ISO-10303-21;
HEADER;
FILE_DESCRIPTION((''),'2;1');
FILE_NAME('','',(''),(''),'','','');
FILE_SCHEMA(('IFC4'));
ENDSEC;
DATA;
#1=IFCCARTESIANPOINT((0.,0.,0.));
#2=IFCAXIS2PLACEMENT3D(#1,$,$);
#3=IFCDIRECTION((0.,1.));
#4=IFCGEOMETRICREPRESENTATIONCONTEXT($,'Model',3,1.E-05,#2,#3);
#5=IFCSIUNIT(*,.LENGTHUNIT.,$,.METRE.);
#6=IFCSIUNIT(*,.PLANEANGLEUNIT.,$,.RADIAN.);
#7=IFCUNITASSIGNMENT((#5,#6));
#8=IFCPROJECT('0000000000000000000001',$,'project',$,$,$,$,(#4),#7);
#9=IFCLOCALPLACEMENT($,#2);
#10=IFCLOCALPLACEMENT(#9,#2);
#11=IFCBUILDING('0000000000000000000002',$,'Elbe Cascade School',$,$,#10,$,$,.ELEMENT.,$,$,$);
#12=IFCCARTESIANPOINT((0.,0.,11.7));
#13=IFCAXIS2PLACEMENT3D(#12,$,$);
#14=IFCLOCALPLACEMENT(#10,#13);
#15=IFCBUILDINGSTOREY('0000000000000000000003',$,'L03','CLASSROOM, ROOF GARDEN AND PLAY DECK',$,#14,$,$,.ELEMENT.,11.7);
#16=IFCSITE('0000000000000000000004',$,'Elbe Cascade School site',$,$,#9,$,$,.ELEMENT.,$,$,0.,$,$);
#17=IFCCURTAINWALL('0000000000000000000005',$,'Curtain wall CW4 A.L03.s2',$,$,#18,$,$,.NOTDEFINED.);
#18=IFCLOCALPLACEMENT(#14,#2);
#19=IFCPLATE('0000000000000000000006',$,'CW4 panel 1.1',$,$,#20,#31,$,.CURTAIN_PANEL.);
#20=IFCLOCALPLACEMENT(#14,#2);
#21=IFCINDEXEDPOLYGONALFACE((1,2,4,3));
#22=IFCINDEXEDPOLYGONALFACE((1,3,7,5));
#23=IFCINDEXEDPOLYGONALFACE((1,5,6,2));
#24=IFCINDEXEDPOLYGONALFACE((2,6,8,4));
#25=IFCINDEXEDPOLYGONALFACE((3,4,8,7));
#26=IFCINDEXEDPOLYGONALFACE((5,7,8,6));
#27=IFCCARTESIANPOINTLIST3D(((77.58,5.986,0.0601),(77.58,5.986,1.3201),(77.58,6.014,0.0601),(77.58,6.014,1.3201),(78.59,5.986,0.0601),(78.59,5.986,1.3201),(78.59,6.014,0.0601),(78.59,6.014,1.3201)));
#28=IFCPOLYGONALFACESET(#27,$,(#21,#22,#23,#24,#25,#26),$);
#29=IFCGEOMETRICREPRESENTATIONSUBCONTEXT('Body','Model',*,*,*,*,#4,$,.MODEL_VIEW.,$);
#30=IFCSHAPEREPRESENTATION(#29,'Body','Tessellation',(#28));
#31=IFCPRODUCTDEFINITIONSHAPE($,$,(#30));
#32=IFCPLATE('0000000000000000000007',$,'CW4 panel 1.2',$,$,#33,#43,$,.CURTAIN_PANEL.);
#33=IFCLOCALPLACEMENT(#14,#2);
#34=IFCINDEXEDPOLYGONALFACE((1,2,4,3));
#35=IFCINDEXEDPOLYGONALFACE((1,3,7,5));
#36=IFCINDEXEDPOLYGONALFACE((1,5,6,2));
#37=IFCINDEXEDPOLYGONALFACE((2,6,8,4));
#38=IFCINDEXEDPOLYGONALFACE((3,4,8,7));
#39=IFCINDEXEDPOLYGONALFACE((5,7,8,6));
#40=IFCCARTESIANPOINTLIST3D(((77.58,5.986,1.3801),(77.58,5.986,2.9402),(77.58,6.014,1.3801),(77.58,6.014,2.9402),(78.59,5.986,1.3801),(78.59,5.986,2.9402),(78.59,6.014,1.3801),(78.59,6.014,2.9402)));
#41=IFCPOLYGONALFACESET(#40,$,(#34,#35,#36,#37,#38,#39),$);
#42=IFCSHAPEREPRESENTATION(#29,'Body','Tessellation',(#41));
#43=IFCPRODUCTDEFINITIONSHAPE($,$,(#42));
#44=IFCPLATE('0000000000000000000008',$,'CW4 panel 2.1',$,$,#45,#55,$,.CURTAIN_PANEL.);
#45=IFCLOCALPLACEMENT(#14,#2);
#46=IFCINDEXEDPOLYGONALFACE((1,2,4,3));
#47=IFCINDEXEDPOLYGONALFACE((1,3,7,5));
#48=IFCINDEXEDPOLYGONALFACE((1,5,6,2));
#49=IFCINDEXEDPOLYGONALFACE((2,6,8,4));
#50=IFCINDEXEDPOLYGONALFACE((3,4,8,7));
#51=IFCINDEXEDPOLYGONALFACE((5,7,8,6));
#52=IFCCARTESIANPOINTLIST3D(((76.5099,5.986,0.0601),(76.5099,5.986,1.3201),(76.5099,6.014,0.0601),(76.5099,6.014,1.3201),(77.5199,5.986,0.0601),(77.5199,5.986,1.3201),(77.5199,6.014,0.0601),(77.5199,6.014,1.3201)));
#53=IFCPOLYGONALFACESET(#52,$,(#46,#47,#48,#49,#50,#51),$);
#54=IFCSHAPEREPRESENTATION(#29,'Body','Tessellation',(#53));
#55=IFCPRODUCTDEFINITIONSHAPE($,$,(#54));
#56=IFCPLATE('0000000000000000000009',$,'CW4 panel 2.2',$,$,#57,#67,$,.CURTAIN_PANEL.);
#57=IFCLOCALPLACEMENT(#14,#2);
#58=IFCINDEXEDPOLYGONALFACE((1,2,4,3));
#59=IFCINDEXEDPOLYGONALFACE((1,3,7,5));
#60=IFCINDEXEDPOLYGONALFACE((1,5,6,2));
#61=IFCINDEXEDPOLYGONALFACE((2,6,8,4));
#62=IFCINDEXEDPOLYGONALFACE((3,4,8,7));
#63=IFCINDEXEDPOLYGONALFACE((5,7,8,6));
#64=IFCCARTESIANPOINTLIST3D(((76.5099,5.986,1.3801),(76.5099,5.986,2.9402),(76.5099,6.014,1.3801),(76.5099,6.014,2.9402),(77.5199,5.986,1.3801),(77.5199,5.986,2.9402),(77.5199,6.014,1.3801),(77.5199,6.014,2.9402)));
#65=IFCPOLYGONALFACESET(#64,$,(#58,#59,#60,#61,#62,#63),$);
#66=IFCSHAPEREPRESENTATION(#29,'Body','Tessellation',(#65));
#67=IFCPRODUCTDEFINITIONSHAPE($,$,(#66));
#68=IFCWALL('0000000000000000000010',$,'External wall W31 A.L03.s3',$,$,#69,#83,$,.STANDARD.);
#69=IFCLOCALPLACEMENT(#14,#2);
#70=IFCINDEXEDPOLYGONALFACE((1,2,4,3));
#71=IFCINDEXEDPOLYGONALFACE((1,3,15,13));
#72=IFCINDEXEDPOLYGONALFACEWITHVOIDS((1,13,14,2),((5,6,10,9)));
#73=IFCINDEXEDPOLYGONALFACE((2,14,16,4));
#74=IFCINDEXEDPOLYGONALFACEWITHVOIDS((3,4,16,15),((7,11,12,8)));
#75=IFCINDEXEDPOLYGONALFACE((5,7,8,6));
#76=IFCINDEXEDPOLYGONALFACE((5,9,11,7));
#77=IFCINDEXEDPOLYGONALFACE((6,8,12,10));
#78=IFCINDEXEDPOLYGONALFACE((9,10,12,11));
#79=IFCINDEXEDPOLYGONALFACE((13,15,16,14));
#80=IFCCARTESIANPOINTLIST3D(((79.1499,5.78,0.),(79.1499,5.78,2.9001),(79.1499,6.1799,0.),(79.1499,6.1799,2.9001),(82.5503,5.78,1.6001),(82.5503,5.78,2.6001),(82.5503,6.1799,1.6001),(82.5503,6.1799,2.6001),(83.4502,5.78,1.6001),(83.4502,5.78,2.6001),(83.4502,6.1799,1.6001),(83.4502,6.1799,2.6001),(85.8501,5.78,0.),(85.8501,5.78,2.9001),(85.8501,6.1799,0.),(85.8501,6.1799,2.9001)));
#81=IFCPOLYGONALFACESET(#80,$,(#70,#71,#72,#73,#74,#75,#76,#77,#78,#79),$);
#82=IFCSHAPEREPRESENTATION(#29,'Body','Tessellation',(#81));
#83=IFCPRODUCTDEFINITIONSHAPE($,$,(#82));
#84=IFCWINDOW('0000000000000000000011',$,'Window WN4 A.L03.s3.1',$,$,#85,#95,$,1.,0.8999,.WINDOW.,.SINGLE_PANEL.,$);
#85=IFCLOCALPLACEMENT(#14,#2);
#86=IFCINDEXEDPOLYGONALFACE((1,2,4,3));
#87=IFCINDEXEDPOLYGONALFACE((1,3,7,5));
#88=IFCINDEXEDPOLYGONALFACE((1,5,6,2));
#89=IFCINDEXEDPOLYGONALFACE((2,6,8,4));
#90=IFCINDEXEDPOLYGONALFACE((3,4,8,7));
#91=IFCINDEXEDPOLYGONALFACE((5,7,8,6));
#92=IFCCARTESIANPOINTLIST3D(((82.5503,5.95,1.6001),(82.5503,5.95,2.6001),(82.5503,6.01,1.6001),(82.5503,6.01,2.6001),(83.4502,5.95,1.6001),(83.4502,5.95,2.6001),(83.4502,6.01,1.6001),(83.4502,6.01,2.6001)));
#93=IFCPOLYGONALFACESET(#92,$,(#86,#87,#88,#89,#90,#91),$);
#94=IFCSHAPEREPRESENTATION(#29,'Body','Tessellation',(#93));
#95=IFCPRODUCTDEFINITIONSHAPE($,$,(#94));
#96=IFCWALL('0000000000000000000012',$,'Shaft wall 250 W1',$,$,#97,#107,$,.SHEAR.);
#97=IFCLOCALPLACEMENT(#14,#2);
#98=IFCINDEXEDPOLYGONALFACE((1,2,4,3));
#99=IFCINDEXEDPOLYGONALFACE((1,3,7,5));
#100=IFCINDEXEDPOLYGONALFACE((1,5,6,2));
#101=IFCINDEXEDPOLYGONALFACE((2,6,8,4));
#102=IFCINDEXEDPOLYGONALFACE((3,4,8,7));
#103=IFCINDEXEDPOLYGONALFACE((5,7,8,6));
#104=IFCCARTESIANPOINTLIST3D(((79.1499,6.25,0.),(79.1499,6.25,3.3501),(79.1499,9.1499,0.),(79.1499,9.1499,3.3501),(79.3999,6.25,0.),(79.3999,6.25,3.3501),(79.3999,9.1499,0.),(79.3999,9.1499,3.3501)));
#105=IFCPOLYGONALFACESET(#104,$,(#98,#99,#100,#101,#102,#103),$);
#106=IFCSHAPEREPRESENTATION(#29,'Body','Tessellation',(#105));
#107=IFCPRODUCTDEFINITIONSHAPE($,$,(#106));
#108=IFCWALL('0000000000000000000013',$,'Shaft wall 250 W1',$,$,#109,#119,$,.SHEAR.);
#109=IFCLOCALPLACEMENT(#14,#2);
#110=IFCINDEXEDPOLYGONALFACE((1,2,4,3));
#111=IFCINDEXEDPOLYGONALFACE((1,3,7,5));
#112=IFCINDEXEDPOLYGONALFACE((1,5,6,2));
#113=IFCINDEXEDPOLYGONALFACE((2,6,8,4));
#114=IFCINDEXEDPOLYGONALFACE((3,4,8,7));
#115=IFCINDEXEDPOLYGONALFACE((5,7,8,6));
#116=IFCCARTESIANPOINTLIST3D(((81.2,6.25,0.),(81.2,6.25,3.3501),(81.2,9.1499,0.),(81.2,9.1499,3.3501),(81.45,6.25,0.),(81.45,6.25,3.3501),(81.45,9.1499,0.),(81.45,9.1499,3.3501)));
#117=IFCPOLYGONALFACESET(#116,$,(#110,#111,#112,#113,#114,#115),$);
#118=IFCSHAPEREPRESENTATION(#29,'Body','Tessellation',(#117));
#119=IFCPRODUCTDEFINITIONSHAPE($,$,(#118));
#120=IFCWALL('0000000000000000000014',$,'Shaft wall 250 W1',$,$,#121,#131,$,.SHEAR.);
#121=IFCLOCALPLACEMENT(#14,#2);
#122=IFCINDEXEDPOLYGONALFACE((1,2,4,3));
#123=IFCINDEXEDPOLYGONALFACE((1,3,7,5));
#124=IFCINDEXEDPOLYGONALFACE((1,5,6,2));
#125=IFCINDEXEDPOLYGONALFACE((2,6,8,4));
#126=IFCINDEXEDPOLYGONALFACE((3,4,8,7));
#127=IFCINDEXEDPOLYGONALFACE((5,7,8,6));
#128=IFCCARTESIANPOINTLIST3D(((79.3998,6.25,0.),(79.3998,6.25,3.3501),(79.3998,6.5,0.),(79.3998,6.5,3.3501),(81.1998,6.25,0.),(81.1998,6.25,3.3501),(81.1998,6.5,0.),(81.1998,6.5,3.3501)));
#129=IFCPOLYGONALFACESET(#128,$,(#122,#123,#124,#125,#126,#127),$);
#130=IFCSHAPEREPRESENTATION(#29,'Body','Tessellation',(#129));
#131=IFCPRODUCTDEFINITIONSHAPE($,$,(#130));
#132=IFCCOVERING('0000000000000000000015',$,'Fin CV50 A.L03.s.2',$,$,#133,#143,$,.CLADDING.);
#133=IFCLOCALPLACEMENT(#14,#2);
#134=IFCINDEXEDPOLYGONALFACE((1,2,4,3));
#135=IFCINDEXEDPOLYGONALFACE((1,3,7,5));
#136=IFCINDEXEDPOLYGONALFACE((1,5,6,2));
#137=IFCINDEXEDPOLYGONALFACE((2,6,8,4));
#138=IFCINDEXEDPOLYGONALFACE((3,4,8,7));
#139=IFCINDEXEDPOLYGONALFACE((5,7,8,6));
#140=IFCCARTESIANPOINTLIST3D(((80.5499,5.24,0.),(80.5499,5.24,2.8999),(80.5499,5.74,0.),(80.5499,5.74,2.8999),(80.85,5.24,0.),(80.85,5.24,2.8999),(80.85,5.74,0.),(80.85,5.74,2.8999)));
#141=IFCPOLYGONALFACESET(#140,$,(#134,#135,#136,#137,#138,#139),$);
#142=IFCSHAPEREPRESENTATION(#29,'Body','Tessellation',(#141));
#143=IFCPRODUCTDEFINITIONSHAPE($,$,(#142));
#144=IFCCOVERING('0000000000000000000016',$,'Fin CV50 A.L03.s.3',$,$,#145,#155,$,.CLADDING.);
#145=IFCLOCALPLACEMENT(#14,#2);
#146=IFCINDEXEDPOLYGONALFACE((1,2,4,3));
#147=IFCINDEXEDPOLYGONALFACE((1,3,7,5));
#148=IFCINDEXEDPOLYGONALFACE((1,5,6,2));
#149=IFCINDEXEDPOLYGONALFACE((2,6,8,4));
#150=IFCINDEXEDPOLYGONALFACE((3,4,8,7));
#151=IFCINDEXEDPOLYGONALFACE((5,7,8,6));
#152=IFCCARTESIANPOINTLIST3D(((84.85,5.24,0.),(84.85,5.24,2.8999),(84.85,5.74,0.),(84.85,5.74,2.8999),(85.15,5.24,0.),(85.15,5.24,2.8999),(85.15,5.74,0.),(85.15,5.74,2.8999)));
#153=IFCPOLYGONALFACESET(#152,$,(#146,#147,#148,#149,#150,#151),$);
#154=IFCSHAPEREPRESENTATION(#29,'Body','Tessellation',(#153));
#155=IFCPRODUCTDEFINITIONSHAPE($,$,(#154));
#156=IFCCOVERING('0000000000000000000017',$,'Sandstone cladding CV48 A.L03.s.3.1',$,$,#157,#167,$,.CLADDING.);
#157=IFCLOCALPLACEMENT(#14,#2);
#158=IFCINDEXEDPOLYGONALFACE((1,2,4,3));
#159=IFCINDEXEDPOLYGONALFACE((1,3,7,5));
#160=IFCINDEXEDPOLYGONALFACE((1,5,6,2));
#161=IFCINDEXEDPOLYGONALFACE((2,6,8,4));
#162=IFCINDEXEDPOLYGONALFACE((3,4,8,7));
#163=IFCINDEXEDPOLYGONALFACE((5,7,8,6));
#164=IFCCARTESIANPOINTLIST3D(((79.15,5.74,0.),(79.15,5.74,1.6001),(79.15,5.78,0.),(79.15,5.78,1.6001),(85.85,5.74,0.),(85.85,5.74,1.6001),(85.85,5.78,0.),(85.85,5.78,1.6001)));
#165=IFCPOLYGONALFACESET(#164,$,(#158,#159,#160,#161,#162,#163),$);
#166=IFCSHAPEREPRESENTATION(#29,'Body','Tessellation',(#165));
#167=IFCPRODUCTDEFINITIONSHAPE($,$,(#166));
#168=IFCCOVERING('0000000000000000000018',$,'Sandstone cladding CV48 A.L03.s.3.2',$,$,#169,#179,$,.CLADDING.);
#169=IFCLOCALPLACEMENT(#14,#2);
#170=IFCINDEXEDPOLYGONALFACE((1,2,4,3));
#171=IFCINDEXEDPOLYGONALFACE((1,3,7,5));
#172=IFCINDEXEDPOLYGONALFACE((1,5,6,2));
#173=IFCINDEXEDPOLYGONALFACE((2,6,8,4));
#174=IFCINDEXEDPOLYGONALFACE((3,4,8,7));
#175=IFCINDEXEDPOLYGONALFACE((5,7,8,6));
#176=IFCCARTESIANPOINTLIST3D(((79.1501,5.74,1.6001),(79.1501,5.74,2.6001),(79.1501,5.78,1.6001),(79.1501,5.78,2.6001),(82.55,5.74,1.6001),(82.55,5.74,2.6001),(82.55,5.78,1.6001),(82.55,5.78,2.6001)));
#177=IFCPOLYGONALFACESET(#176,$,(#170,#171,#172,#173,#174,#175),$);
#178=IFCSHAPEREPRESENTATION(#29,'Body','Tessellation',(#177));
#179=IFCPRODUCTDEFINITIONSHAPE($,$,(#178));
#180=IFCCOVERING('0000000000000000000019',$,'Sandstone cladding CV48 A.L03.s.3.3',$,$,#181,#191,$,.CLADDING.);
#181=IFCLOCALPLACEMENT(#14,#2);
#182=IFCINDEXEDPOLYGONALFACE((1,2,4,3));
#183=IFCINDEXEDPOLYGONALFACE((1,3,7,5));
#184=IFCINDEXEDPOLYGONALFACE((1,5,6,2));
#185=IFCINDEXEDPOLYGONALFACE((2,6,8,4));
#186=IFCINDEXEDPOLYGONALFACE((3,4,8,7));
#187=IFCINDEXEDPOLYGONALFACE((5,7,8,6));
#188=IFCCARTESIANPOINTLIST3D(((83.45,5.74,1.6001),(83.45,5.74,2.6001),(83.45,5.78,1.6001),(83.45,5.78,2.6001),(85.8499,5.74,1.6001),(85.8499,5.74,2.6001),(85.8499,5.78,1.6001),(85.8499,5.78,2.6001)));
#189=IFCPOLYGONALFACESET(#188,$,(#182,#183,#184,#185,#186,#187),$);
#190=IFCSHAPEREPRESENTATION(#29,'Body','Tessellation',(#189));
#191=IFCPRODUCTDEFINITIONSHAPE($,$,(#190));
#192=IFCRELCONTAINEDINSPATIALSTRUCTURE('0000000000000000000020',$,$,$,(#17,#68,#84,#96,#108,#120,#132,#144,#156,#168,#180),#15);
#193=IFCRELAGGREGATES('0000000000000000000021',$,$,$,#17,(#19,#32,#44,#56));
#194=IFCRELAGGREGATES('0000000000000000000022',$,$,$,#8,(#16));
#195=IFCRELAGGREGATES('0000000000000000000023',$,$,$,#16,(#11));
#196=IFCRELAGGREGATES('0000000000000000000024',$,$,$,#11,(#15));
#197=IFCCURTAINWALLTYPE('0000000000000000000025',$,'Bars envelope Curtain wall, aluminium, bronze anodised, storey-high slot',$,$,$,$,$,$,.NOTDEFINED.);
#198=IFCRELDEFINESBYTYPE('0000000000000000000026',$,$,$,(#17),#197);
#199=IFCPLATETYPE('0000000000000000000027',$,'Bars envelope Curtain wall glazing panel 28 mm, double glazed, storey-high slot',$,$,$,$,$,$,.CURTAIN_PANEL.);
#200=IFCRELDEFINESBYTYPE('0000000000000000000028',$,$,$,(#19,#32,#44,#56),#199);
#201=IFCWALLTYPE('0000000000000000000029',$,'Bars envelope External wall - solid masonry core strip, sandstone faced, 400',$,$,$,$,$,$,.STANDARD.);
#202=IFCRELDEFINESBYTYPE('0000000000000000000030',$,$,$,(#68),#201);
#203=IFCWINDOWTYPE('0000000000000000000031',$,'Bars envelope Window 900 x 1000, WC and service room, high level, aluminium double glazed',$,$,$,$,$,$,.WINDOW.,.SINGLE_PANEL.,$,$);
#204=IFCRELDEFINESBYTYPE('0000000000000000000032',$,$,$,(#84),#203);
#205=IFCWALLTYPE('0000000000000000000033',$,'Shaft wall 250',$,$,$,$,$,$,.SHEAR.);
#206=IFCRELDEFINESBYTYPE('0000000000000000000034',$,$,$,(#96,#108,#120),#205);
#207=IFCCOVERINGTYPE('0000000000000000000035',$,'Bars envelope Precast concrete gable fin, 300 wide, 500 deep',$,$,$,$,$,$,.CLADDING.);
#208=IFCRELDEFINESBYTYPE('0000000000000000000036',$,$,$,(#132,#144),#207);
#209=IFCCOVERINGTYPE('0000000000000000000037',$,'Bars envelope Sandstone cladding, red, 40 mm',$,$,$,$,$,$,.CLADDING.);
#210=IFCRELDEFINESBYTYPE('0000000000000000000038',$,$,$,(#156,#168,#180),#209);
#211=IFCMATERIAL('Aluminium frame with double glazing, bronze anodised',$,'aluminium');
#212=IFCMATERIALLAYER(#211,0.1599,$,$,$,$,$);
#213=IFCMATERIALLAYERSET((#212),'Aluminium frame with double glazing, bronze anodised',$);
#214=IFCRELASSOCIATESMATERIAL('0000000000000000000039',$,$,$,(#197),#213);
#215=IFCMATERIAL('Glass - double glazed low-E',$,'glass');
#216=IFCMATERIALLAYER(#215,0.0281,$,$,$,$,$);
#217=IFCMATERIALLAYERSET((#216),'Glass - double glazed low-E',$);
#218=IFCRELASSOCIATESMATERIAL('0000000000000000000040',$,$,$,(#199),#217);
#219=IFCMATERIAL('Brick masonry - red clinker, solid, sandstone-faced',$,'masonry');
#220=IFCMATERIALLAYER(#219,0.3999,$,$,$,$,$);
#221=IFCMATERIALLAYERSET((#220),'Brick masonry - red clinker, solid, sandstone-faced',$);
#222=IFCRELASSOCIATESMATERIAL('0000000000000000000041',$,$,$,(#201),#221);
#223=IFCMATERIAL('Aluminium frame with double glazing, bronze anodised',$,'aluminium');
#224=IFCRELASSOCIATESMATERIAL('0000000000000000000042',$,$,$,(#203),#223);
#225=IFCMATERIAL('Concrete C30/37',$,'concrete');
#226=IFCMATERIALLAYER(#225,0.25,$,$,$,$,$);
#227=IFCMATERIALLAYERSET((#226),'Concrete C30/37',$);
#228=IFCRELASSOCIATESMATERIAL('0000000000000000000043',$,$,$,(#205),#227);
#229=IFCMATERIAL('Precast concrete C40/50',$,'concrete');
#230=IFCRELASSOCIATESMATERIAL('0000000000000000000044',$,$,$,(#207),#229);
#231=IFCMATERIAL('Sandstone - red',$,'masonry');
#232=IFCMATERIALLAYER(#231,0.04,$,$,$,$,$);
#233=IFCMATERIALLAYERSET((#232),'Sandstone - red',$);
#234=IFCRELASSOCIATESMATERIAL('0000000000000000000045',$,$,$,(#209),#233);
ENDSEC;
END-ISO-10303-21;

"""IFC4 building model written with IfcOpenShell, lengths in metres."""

from ifc_helpers import new_model, si_unit, direction, frame, frame_2d, origin, origin_2d, place, context, subcontext, project, spatial, rectangle, extrude, material, layer, layer_set, type_object, element, fill, aggregate, save


model = new_model("IFC4")

# Units and contexts
model_context = context("Model", 3, precision=1e-05, world=origin(), true_north=direction((0.0, 1.0)))
body_context = subcontext(model_context, "Body", "Model", "MODEL_VIEW")
ifc_project = project(units=[si_unit("LENGTHUNIT", "METRE"), si_unit("PLANEANGLEUNIT", "RADIAN")], contexts=[model_context])

# Site, building, storey
site_placement = place(None, origin())
site = spatial("IfcSite", under=ifc_project, at=site_placement, Name="Elbe Cascade School site", CompositionType="ELEMENT", RefElevation=0.0)
building_placement = place(site_placement, origin())
building = spatial("IfcBuilding", under=site, at=building_placement, Name="Elbe Cascade School", CompositionType="ELEMENT")
storey_placement = place(building_placement, frame((0.0, 0.0, 11.7)))
storey = spatial("IfcBuildingStorey", under=building, at=storey_placement, Name="L03", Description="CLASSROOM, ROOF GARDEN AND PLAY DECK", CompositionType="ELEMENT", Elevation=11.7)

# Curtain wall
ifc_material_1 = material(Name="Aluminium frame with double glazing, bronze anodised", Category="aluminium")
ifc_layer_1 = layer(ifc_material_1, 0.1599)
ifc_layer_set_1 = layer_set([ifc_layer_1], Name="Aluminium frame with double glazing, bronze anodised")
curtain_wall_type = type_object("IfcCurtainWallType", Name="Bars envelope Curtain wall, aluminium, bronze anodised, storey-high slot", PredefinedType="NOTDEFINED", material=ifc_layer_set_1)
curtain_wall_placement = place(storey_placement, origin())
curtain_wall = element("IfcCurtainWall", 1, at=curtain_wall_placement, inside=storey, type_object=curtain_wall_type, Name="Curtain wall CW4 A.L03.s2", PredefinedType="NOTDEFINED")

# Plates
ifc_material_2 = material(Name="Glass - double glazed low-E", Category="glass")
ifc_layer_2 = layer(ifc_material_2, 0.0281)
ifc_layer_set_2 = layer_set([ifc_layer_2], Name="Glass - double glazed low-E")
plate_type = type_object("IfcPlateType", Name="Bars envelope Curtain wall glazing panel 28 mm, double glazed, storey-high slot", PredefinedType="CURTAIN_PANEL", material=ifc_layer_set_2)
plate_1_placement = place(storey_placement, frame((78.085, 6.0, 0.0601), z_axis=(0.0, 0.0, 1.0), x_axis=(-1.0, 0.0, 0.0)))
plate_1 = element("IfcPlate", 2, at=plate_1_placement, type_object=plate_type, Name="CW4 panel 1.1", PredefinedType="CURTAIN_PANEL", context=body_context, shape_type="SweptSolid", body=[
    extrude(rectangle(XDim=1.01, YDim=0.0281, at=origin_2d()), origin(), (0.0, 0.0, 1.0), 1.26),
])
plate_2_placement = place(storey_placement, frame((78.085, 6.0, 1.3801), z_axis=(0.0, 0.0, 1.0), x_axis=(-1.0, 0.0, 0.0)))
plate_2 = element("IfcPlate", 3, at=plate_2_placement, type_object=plate_type, Name="CW4 panel 1.2", PredefinedType="CURTAIN_PANEL", context=body_context, shape_type="SweptSolid", body=[
    extrude(rectangle(XDim=1.01, YDim=0.0281, at=origin_2d()), origin(), (0.0, 0.0, 1.0), 1.5601),
])
plate_3_placement = place(storey_placement, frame((77.0149, 6.0, 0.0601), z_axis=(0.0, 0.0, 1.0), x_axis=(-1.0, 0.0, 0.0)))
plate_3 = element("IfcPlate", 4, at=plate_3_placement, type_object=plate_type, Name="CW4 panel 2.1", PredefinedType="CURTAIN_PANEL", context=body_context, shape_type="SweptSolid", body=[
    extrude(rectangle(XDim=1.01, YDim=0.0281, at=origin_2d()), origin(), (0.0, 0.0, 1.0), 1.26),
])
plate_4_placement = place(storey_placement, frame((77.0149, 6.0, 1.3801), z_axis=(0.0, 0.0, 1.0), x_axis=(-1.0, 0.0, 0.0)))
plate_4 = element("IfcPlate", 5, at=plate_4_placement, type_object=plate_type, Name="CW4 panel 2.2", PredefinedType="CURTAIN_PANEL", context=body_context, shape_type="SweptSolid", body=[
    extrude(rectangle(XDim=1.01, YDim=0.0281, at=origin_2d()), origin(), (0.0, 0.0, 1.0), 1.5601),
])
aggregate(curtain_wall, [plate_1, plate_2, plate_3, plate_4])

# Wall, opening, window
ifc_material_3 = material(Name="Brick masonry - red clinker, solid, sandstone-faced", Category="masonry")
ifc_layer_3 = layer(ifc_material_3, 0.3999)
ifc_layer_set_3 = layer_set([ifc_layer_3], Name="Brick masonry - red clinker, solid, sandstone-faced")
wall_type_1 = type_object("IfcWallType", Name="Bars envelope External wall - solid masonry core strip, sandstone faced, 400", PredefinedType="STANDARD", material=ifc_layer_set_3)
wall_1_placement = place(storey_placement, frame((85.8501, 5.98, 0.0), z_axis=(0.0, 0.0, 1.0), x_axis=(-1.0, 0.0, 0.0)))
wall_1 = element("IfcWall", 6, at=wall_1_placement, inside=storey, type_object=wall_type_1, Name="External wall W31 A.L03.s3", PredefinedType="STANDARD", context=body_context, shape_type="SweptSolid", body=[
    extrude(rectangle(XDim=6.7002, YDim=0.3999, at=frame_2d((3.3501, 0.0))), origin(), (0.0, 0.0, 1.0), 2.9001),
])
opening_placement = place(wall_1_placement, frame((2.3999, 0.0, 1.6001)))
opening = element("IfcOpeningElement", 7, at=opening_placement, cuts=wall_1, PredefinedType="OPENING", context=body_context, shape_type="SweptSolid", body=[
    extrude(rectangle(XDim=0.8999, YDim=1.0, at=frame_2d((0.45, 0.5))), frame((0.0, 0.21, 0.0), z_axis=(0.0, -1.0, 0.0), x_axis=(1.0, 0.0, 0.0)), (0.0, 0.0, 1.0), 0.4199),
])
ifc_material_4 = material(Name="Aluminium frame with double glazing, bronze anodised", Category="aluminium")
window_type = type_object("IfcWindowType", Name="Bars envelope Window 900 x 1000, WC and service room, high level, aluminium double glazed", PartitioningType="SINGLE_PANEL", PredefinedType="WINDOW", material=ifc_material_4)
window_placement = place(opening_placement, origin())
window = element("IfcWindow", 8, at=window_placement, inside=storey, type_object=window_type, Name="Window WN4 A.L03.s3.1", OverallHeight=1.0, OverallWidth=0.8999, PartitioningType="SINGLE_PANEL", PredefinedType="WINDOW", context=body_context, shape_type="SweptSolid", body=[
    extrude(rectangle(XDim=0.8999, YDim=1.0, at=frame_2d((0.45, 0.5))), frame((0.0, 0.03, 0.0), z_axis=(0.0, -1.0, 0.0), x_axis=(1.0, 0.0, 0.0)), (0.0, 0.0, 1.0), 0.0601),
])
fill(opening, window)

# Walls
ifc_material_5 = material(Name="Concrete C30/37", Category="concrete")
ifc_layer_4 = layer(ifc_material_5, 0.25)
ifc_layer_set_4 = layer_set([ifc_layer_4], Name="Concrete C30/37")
wall_type_2 = type_object("IfcWallType", Name="Shaft wall 250", PredefinedType="SHEAR", material=ifc_layer_set_4)
for number, where, z_axis, x_axis, name in (
    (9, (79.2749, 6.25, 0.0), (0.0, 0.0, 1.0), (0.0, 1.0, 0.0), "Shaft wall 250 W1"),
    (10, (81.325, 6.25, 0.0), (0.0, 0.0, 1.0), (0.0, 1.0, 0.0), "Shaft wall 250 W1"),
):
    element("IfcWall", number, at=place(storey_placement, frame(where, z_axis=z_axis, x_axis=x_axis)), inside=storey, type_object=wall_type_2, Name=name, PredefinedType="SHEAR", context=body_context, shape_type="SweptSolid", body=[
        extrude(rectangle(XDim=2.8999, YDim=0.25, at=frame_2d((1.45, 0.0))), origin(), (0.0, 0.0, 1.0), 3.3501),
    ])
wall_2_placement = place(storey_placement, frame((79.3999, 6.375, 0.0), z_axis=(0.0, 0.0, 1.0), x_axis=(1.0, 0.0, 0.0)))
element("IfcWall", 11, at=wall_2_placement, inside=storey, type_object=wall_type_2, Name="Shaft wall 250 W1", PredefinedType="SHEAR", context=body_context, shape_type="SweptSolid", body=[
    extrude(rectangle(XDim=1.8, YDim=0.25, at=frame_2d((0.8999, 0.0))), origin(), (0.0, 0.0, 1.0), 3.3501),
])

# Coverings
ifc_material_6 = material(Name="Precast concrete C40/50", Category="concrete")
covering_type_1 = type_object("IfcCoveringType", Name="Bars envelope Precast concrete gable fin, 300 wide, 500 deep", PredefinedType="CLADDING", material=ifc_material_6)
for number, where, z_axis, x_axis, name in (
    (12, (80.7, 5.49, 0.0), (0.0, 0.0, 1.0), (1.0, 0.0, 0.0), "Fin CV50 A.L03.s.2"),
    (13, (85.0, 5.49, 0.0), (0.0, 0.0, 1.0), (1.0, 0.0, 0.0), "Fin CV50 A.L03.s.3"),
):
    element("IfcCovering", number, at=place(storey_placement, frame(where, z_axis=z_axis, x_axis=x_axis)), inside=storey, type_object=covering_type_1, Name=name, PredefinedType="CLADDING", context=body_context, shape_type="SweptSolid", body=[
        extrude(rectangle(XDim=0.3, YDim=0.5, at=origin_2d()), origin(), (0.0, 0.0, 1.0), 2.8999),
    ])
ifc_material_7 = material(Name="Sandstone - red", Category="masonry")
ifc_layer_5 = layer(ifc_material_7, 0.04)
ifc_layer_set_5 = layer_set([ifc_layer_5], Name="Sandstone - red")
covering_type_2 = type_object("IfcCoveringType", Name="Bars envelope Sandstone cladding, red, 40 mm", PredefinedType="CLADDING", material=ifc_layer_set_5)
covering_1_placement = place(storey_placement, frame((82.5, 5.76, 0.0), z_axis=(0.0, 0.0, 1.0), x_axis=(1.0, 0.0, 0.0)))
element("IfcCovering", 14, at=covering_1_placement, inside=storey, type_object=covering_type_2, Name="Sandstone cladding CV48 A.L03.s.3.1", PredefinedType="CLADDING", context=body_context, shape_type="SweptSolid", body=[
    extrude(rectangle(XDim=6.7, YDim=0.04, at=origin_2d()), origin(), (0.0, 0.0, 1.0), 1.6001),
])
covering_2_placement = place(storey_placement, frame((80.8501, 5.76, 1.6001), z_axis=(0.0, 0.0, 1.0), x_axis=(1.0, 0.0, 0.0)))
element("IfcCovering", 15, at=covering_2_placement, inside=storey, type_object=covering_type_2, Name="Sandstone cladding CV48 A.L03.s.3.2", PredefinedType="CLADDING", context=body_context, shape_type="SweptSolid", body=[
    extrude(rectangle(XDim=3.3999, YDim=0.04, at=origin_2d()), origin(), (0.0, 0.0, 1.0), 1.0),
])
covering_3_placement = place(storey_placement, frame((84.6499, 5.76, 1.6001), z_axis=(0.0, 0.0, 1.0), x_axis=(1.0, 0.0, 0.0)))
element("IfcCovering", 16, at=covering_3_placement, inside=storey, type_object=covering_type_2, Name="Sandstone cladding CV48 A.L03.s.3.3", PredefinedType="CLADDING", context=body_context, shape_type="SweptSolid", body=[
    extrude(rectangle(XDim=2.3999, YDim=0.04, at=origin_2d()), origin(), (0.0, 0.0, 1.0), 1.0),
])

save(model, "model.ifc")
